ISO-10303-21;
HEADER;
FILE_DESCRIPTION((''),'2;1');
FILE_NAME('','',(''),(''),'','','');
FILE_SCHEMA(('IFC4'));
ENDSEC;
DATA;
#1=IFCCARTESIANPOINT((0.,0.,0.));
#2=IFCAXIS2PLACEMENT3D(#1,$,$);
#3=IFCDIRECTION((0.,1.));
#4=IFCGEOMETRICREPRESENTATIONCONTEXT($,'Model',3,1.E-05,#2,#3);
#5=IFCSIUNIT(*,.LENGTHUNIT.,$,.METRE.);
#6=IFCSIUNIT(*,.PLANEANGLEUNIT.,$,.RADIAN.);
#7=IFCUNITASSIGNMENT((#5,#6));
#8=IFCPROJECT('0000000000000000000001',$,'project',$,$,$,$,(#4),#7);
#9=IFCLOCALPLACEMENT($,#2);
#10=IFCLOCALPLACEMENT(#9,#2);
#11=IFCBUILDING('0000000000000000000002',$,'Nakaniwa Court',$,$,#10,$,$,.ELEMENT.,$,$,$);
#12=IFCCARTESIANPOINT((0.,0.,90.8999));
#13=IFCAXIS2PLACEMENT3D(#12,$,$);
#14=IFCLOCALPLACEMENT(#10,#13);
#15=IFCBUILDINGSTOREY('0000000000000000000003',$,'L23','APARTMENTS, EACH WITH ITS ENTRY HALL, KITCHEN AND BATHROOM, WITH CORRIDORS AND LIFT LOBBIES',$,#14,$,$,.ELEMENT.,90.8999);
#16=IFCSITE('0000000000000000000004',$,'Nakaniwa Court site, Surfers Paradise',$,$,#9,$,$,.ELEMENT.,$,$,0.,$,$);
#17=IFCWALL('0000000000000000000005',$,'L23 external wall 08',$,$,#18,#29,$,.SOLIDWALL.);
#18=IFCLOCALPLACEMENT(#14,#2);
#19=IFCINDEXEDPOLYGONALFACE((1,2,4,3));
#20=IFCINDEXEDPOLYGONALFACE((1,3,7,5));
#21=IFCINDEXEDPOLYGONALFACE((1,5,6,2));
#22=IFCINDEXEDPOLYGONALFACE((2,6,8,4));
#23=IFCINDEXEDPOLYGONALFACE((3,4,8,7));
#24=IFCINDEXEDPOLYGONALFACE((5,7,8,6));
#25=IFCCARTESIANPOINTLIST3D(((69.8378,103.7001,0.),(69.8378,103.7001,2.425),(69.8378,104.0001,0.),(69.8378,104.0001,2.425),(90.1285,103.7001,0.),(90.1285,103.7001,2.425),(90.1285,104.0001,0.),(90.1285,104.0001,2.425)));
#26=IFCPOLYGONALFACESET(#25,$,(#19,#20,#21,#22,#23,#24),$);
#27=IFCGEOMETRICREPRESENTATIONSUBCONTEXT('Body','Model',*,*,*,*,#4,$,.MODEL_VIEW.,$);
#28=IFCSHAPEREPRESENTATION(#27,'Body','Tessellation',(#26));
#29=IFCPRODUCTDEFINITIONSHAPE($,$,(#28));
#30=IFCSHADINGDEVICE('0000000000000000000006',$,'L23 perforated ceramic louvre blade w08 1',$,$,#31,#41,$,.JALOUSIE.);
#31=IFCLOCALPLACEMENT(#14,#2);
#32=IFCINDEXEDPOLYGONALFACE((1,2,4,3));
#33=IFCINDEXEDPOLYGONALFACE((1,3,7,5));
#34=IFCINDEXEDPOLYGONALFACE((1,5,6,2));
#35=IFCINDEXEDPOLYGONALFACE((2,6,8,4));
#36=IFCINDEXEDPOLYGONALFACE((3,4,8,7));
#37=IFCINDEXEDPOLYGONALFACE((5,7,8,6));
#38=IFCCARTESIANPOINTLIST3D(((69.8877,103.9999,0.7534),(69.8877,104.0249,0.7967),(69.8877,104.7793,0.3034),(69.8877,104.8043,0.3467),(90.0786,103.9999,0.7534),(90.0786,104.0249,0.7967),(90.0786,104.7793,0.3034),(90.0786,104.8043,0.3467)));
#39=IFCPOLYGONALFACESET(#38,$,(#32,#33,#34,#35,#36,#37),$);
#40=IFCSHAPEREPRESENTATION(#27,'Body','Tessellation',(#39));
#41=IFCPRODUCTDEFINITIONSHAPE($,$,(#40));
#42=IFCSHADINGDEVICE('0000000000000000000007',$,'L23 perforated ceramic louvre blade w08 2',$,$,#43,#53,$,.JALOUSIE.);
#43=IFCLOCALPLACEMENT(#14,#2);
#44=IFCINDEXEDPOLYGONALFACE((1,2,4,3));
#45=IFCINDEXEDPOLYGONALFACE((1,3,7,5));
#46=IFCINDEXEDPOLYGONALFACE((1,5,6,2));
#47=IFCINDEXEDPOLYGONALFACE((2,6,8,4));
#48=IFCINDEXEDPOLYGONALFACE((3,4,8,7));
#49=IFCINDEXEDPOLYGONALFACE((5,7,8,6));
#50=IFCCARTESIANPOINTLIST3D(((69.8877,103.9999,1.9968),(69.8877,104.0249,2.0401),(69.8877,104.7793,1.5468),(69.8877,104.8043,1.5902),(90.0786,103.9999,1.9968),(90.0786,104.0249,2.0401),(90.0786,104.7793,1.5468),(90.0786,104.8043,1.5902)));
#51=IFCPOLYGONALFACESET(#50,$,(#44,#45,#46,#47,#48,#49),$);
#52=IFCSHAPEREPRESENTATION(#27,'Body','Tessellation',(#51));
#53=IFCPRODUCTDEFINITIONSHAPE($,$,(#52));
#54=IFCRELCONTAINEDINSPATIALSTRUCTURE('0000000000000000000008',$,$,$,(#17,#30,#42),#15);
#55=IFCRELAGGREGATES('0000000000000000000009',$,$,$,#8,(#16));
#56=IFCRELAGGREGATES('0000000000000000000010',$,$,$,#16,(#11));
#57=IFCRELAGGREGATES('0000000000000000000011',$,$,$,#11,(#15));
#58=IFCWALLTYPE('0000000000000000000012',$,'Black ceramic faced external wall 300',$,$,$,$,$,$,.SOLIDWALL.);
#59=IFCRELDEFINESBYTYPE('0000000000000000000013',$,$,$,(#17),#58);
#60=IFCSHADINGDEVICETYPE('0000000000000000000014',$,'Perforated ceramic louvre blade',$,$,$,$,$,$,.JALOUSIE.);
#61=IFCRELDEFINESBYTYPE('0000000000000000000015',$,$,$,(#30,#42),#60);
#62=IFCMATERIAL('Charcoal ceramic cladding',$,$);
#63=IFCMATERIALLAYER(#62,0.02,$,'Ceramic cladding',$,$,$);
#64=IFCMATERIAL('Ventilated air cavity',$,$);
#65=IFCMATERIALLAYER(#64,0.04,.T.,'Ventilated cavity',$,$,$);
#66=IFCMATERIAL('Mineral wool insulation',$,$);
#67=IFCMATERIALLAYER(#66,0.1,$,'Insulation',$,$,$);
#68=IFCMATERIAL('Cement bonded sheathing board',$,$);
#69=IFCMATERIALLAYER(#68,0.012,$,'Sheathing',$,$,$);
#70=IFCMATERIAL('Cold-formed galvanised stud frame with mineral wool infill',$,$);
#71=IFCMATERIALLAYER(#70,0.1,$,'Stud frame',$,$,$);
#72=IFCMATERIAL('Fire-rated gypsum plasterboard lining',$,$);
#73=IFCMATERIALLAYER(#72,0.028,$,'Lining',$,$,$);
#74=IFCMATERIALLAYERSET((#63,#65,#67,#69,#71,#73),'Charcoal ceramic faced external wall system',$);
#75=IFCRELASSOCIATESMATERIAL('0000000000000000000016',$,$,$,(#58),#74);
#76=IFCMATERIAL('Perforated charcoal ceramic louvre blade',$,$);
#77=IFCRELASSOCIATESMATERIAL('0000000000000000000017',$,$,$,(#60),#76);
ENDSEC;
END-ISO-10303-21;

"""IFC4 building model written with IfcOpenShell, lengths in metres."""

from ifc_helpers import new_model, si_unit, direction, frame, frame_2d, origin, origin_2d, place, context, subcontext, project, spatial, rectangle, extrude, material, layer, layer_set, material_profile, profile_set, type_object, element, save


model = new_model("IFC4")

# Units and contexts
model_context = context("Model", 3, precision=1e-05, world=origin(), true_north=direction((0.0, 1.0)))
body_context = subcontext(model_context, "Body", "Model", "MODEL_VIEW")
ifc_project = project(units=[si_unit("LENGTHUNIT", "METRE"), si_unit("PLANEANGLEUNIT", "RADIAN")], contexts=[model_context])

# Site, building, storey
site_placement = place(None, origin())
site = spatial("IfcSite", under=ifc_project, at=site_placement, Name="Nakaniwa Court site, Surfers Paradise", CompositionType="ELEMENT", RefElevation=0.0)
building_placement = place(site_placement, origin())
building = spatial("IfcBuilding", under=site, at=building_placement, Name="Nakaniwa Court", CompositionType="ELEMENT")
storey_placement = place(building_placement, frame((0.0, 0.0, 90.8999)))
storey = spatial("IfcBuildingStorey", under=building, at=storey_placement, Name="L23", Description="APARTMENTS, EACH WITH ITS ENTRY HALL, KITCHEN AND BATHROOM, WITH CORRIDORS AND LIFT LOBBIES", CompositionType="ELEMENT", Elevation=90.8999)

# Shared definitions
ifc_material_1 = material(Name="Charcoal ceramic cladding")
ifc_layer_1 = layer(ifc_material_1, 0.02, Name="Ceramic cladding")
ifc_material_2 = material(Name="Ventilated air cavity")
ifc_layer_2 = layer(ifc_material_2, 0.04, ventilated=True, Name="Ventilated cavity")
ifc_material_3 = material(Name="Mineral wool insulation")
ifc_layer_3 = layer(ifc_material_3, 0.1, Name="Insulation")
ifc_material_4 = material(Name="Cement bonded sheathing board")
ifc_layer_4 = layer(ifc_material_4, 0.012, Name="Sheathing")
ifc_material_5 = material(Name="Cold-formed galvanised stud frame with mineral wool infill")
ifc_layer_5 = layer(ifc_material_5, 0.1, Name="Stud frame")
ifc_material_6 = material(Name="Fire-rated gypsum plasterboard lining")
ifc_layer_6 = layer(ifc_material_6, 0.028, Name="Lining")
ifc_layer_set_1 = layer_set([ifc_layer_1, ifc_layer_2, ifc_layer_3, ifc_layer_4, ifc_layer_5, ifc_layer_6], Name="Charcoal ceramic faced external wall system")
wall_type_1 = type_object("IfcWallType", Name="Black ceramic faced external wall 300", PredefinedType="SOLIDWALL", material=ifc_layer_set_1)

# Wall
wall_1_placement = place(storey_placement, frame((90.1287, 103.8501, 0.0), z_axis=(0.0, 0.0, 1.0), x_axis=(-1.0, 0.0, 0.0)))
element("IfcWall", 1, at=wall_1_placement, inside=storey, type_object=wall_type_1, Name="L23 external wall 08", PredefinedType="SOLIDWALL", context=body_context, shape_type="SweptSolid", body=[
    extrude(rectangle(XDim=20.2908, YDim=0.3, at=frame_2d((10.1455, 0.0))), origin(), (0.0, 0.0, 1.0), 2.425),
])

# Shading devices
ifc_material_7 = material(Name="Perforated charcoal ceramic louvre blade")
ifc_material_profile_1 = material_profile(ifc_material_7, rectangle(XDim=0.8999, YDim=0.05, at=origin_2d()), Name="Perforated ceramic louvre blade")
ifc_profile_set_1 = profile_set([ifc_material_profile_1], Name="Perforated charcoal ceramic louvre blade")
shading_device_type = type_object("IfcShadingDeviceType", Name="Perforated ceramic louvre blade", PredefinedType="JALOUSIE", material=ifc_profile_set_1)
for number, where, z_axis, x_axis, name in (
    (2, (90.0786, 104.4021, 0.55), (-1.0, 0.0, 0.0), (0.0, -0.866025, 0.5), "L23 perforated ceramic louvre blade w08 1"),
    (3, (90.0786, 104.4021, 1.7935), (-1.0, 0.0, 0.0), (0.0, -0.866025, 0.5), "L23 perforated ceramic louvre blade w08 2"),
):
    element("IfcShadingDevice", number, at=place(storey_placement, frame(where, z_axis=z_axis, x_axis=x_axis)), inside=storey, type_object=shading_device_type, Name=name, PredefinedType="JALOUSIE", context=body_context, shape_type="SweptSolid", body=[
        extrude(rectangle(XDim=0.8999, YDim=0.05, at=origin_2d()), origin(), (0.0, 0.0, 1.0), 20.1909),
    ])

save(model, "model.ifc")
